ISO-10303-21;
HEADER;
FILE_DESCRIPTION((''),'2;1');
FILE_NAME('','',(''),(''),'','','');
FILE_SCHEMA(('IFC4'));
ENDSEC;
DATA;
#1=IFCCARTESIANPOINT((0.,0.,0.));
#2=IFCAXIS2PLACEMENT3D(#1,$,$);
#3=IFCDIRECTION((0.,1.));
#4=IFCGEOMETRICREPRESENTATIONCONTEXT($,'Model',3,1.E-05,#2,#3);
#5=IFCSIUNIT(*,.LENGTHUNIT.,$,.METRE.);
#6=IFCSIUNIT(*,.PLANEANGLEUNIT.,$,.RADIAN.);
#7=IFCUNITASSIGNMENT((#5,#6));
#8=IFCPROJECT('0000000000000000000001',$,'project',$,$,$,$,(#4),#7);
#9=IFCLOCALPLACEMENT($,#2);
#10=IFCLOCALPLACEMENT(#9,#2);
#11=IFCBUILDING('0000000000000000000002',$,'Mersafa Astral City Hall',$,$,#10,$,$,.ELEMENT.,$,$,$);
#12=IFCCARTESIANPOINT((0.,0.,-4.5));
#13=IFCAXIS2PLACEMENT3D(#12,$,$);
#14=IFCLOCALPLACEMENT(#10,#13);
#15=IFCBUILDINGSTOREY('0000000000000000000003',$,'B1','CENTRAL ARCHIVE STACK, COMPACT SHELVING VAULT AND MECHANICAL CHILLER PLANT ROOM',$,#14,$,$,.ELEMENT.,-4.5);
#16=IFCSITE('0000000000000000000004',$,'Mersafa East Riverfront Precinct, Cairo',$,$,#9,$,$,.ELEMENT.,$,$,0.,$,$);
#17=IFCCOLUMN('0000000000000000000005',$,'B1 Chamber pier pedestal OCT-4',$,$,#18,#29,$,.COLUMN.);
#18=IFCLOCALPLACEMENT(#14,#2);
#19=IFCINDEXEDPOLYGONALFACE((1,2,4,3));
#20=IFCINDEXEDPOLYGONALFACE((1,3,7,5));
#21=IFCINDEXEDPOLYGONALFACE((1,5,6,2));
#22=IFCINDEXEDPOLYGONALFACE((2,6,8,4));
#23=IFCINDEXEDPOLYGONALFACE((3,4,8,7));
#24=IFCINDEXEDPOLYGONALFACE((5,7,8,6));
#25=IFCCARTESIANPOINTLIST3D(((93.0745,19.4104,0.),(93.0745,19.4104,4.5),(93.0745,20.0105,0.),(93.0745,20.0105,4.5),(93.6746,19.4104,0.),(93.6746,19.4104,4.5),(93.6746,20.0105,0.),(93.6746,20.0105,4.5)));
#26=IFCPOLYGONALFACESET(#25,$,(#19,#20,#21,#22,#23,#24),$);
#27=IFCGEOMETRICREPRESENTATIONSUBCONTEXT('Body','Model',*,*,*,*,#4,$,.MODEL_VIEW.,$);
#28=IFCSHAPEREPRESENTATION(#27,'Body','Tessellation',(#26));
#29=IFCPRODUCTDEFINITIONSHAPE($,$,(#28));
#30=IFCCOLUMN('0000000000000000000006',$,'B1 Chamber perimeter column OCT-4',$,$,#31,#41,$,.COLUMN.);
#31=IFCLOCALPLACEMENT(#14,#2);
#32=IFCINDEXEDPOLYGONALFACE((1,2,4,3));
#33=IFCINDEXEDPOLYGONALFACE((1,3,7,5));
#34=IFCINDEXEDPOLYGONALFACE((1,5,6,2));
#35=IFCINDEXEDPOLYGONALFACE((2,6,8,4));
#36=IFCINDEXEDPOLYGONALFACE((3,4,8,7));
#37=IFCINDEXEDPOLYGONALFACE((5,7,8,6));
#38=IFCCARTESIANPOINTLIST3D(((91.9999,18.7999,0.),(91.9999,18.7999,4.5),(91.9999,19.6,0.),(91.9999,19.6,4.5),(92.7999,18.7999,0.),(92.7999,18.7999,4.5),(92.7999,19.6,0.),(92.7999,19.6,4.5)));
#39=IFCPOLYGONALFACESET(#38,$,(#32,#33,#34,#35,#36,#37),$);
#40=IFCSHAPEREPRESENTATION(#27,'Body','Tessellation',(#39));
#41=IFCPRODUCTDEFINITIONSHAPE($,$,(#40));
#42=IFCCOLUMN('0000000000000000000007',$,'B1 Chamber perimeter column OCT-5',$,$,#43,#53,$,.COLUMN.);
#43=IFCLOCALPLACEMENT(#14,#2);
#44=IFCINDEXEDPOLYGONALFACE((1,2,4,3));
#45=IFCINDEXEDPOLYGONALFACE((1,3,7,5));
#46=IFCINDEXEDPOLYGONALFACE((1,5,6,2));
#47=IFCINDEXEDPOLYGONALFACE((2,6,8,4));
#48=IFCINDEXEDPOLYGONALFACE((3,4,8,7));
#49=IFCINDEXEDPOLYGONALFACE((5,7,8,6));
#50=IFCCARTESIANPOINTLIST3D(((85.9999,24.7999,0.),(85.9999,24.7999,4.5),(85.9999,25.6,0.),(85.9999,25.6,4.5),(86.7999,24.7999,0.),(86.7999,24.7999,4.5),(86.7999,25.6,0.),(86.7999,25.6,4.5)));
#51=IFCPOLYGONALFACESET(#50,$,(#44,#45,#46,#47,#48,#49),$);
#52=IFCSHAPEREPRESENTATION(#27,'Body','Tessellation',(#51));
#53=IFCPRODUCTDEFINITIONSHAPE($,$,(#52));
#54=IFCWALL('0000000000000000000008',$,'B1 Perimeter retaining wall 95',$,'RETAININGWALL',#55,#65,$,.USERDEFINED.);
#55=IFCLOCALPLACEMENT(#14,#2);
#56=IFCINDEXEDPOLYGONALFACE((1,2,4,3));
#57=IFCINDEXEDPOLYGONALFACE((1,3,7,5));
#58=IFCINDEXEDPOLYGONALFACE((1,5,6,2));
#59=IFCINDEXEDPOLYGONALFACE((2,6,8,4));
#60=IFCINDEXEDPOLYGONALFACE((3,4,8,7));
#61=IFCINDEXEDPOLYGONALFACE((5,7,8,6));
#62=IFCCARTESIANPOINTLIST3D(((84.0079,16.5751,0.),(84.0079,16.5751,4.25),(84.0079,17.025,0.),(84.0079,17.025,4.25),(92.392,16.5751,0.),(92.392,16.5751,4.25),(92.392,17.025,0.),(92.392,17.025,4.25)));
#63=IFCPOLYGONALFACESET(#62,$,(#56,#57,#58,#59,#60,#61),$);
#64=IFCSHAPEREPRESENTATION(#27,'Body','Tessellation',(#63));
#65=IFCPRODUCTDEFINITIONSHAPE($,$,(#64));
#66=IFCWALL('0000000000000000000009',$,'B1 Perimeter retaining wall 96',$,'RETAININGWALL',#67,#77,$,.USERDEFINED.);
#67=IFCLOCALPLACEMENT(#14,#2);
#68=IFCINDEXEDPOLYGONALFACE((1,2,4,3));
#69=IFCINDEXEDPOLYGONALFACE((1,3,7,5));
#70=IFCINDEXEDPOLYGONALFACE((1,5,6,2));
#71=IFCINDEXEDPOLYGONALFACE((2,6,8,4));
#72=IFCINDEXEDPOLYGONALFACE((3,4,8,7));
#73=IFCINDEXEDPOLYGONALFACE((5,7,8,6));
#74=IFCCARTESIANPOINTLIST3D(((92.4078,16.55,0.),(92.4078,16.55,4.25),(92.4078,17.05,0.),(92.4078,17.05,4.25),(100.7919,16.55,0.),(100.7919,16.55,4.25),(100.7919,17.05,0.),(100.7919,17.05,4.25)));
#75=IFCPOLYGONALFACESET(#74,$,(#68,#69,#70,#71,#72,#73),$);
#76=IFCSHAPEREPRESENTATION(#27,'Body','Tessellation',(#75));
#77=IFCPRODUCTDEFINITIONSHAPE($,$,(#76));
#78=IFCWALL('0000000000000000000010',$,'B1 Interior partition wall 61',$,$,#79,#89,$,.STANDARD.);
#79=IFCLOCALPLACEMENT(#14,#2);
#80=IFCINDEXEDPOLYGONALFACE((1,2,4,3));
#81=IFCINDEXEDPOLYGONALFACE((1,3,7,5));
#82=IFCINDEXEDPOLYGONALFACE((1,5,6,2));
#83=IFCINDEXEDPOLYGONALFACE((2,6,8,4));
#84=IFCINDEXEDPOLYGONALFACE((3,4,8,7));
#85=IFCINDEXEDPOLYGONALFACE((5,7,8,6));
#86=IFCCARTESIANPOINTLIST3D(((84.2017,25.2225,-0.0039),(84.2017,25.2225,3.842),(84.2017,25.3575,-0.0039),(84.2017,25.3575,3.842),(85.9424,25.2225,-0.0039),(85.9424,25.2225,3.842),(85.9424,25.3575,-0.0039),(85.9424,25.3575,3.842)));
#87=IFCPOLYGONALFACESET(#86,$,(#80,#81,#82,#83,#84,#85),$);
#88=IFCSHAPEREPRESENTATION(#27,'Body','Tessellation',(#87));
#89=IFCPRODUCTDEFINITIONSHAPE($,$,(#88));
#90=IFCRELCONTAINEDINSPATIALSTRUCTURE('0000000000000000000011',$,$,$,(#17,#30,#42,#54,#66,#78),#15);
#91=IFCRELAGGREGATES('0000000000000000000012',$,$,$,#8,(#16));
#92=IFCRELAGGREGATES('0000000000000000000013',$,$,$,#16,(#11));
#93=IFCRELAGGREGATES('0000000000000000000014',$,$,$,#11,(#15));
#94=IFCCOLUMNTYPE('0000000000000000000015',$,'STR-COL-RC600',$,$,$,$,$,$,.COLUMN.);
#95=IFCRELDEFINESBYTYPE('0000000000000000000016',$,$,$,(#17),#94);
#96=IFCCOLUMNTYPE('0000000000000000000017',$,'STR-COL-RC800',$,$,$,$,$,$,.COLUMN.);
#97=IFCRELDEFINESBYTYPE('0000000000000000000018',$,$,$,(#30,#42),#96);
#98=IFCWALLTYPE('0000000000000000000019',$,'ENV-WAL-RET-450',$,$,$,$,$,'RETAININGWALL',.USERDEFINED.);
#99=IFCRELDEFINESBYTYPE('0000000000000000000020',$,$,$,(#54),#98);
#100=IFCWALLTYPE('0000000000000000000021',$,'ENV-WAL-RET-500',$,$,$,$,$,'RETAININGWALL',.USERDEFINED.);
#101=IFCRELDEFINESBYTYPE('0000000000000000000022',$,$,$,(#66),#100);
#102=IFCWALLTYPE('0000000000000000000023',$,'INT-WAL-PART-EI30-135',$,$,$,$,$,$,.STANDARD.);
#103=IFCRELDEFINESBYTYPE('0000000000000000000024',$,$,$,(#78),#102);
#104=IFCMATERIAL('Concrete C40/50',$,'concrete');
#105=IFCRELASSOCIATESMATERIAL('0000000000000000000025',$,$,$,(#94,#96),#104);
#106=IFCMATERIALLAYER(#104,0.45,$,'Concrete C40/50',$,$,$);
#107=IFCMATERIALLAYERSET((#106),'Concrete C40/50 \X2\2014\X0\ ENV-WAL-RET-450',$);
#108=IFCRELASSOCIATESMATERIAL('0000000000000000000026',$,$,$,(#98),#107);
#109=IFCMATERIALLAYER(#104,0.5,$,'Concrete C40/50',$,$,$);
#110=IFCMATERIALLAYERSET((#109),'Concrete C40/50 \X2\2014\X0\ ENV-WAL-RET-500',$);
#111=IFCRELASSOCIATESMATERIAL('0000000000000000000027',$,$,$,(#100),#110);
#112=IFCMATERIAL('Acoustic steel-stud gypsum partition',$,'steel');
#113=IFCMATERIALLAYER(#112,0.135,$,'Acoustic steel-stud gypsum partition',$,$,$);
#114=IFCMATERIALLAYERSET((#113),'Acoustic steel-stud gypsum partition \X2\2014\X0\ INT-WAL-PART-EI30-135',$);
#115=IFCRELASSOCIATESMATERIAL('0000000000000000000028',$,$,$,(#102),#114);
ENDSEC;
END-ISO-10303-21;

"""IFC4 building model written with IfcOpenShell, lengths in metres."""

from ifc_helpers import new_model, si_unit, direction, frame, frame_2d, origin, origin_2d, place, context, subcontext, project, spatial, rectangle, extrude, material, layer, layer_set, material_profile, profile_set, type_object, element, save


model = new_model("IFC4")

# Units and contexts
model_context = context("Model", 3, precision=1e-05, world=origin(), true_north=direction((0.0, 1.0)))
body_context = subcontext(model_context, "Body", "Model", "MODEL_VIEW")
ifc_project = project(units=[si_unit("LENGTHUNIT", "METRE"), si_unit("PLANEANGLEUNIT", "RADIAN")], contexts=[model_context])

# Site, building, storey
site_placement = place(None, origin())
site = spatial("IfcSite", under=ifc_project, at=site_placement, Name="Mersafa East Riverfront Precinct, Cairo", CompositionType="ELEMENT", RefElevation=0.0)
building_placement = place(site_placement, origin())
building = spatial("IfcBuilding", under=site, at=building_placement, Name="Mersafa Astral City Hall", CompositionType="ELEMENT")
storey_placement = place(building_placement, frame((0.0, 0.0, -4.5)))
storey = spatial("IfcBuildingStorey", under=building, at=storey_placement, Name="B1", Description="CENTRAL ARCHIVE STACK, COMPACT SHELVING VAULT AND MECHANICAL CHILLER PLANT ROOM", CompositionType="ELEMENT", Elevation=-4.5)

# Shared definitions
ifc_material_1 = material(Name="Concrete C40/50", Category="concrete")

# Columns
ifc_material_profile_1 = material_profile(ifc_material_1, rectangle(XDim=0.6001, YDim=0.6001, at=origin_2d()), Name="RC 600x600")
ifc_profile_set_1 = profile_set([ifc_material_profile_1], Name="Concrete C40/50")
column_type_1 = type_object("IfcColumnType", Name="STR-COL-RC600", PredefinedType="COLUMN", material=ifc_profile_set_1)
column_1_placement = place(storey_placement, frame((93.3745, 19.7104, 0.0), z_axis=(0.0, 0.0, 1.0), x_axis=(1.0, 0.0, 0.0)))
element("IfcColumn", 1, at=column_1_placement, inside=storey, type_object=column_type_1, Name="B1 Chamber pier pedestal OCT-4", PredefinedType="COLUMN", context=body_context, shape_type="SweptSolid", body=[
    extrude(rectangle(XDim=0.6001, YDim=0.6001, at=origin_2d()), origin(), (0.0, 0.0, 1.0), 4.5),
])
ifc_material_profile_2 = material_profile(ifc_material_1, rectangle(XDim=0.8, YDim=0.8, at=origin_2d()), Name="RC 800x800")
ifc_profile_set_2 = profile_set([ifc_material_profile_2], Name="Concrete C40/50")
column_type_2 = type_object("IfcColumnType", Name="STR-COL-RC800", PredefinedType="COLUMN", material=ifc_profile_set_2)
for number, where, z_axis, x_axis, name in (
    (2, (92.3999, 19.2, 0.0), (0.0, 0.0, 1.0), (1.0, 0.0, 0.0), "B1 Chamber perimeter column OCT-4"),
    (3, (86.3999, 25.2, 0.0), (0.0, 0.0, 1.0), (1.0, 0.0, 0.0), "B1 Chamber perimeter column OCT-5"),
):
    element("IfcColumn", number, at=place(storey_placement, frame(where, z_axis=z_axis, x_axis=x_axis)), inside=storey, type_object=column_type_2, Name=name, PredefinedType="COLUMN", context=body_context, shape_type="SweptSolid", body=[
        extrude(rectangle(XDim=0.8, YDim=0.8, at=origin_2d()), origin(), (0.0, 0.0, 1.0), 4.5),
    ])

# Walls
ifc_layer_1 = layer(ifc_material_1, 0.45, Name="Concrete C40/50")
ifc_layer_set_1 = layer_set([ifc_layer_1], Name="Concrete C40/50 — ENV-WAL-RET-450")
wall_type_1 = type_object("IfcWallType", Name="ENV-WAL-RET-450", ElementType="RETAININGWALL", PredefinedType="USERDEFINED", material=ifc_layer_set_1)
wall_1_placement = place(storey_placement, frame((84.0081, 16.8, 0.0), z_axis=(0.0, 0.0, 1.0), x_axis=(1.0, 0.0, 0.0)))
element("IfcWall", 4, at=wall_1_placement, inside=storey, type_object=wall_type_1, Name="B1 Perimeter retaining wall 95", ObjectType="RETAININGWALL", PredefinedType="USERDEFINED", context=body_context, shape_type="SweptSolid", body=[
    extrude(rectangle(XDim=8.384, YDim=0.45, at=frame_2d((4.1919, 0.0))), origin(), (0.0, 0.0, 1.0), 4.25),
])
ifc_layer_2 = layer(ifc_material_1, 0.5, Name="Concrete C40/50")
ifc_layer_set_2 = layer_set([ifc_layer_2], Name="Concrete C40/50 — ENV-WAL-RET-500")
wall_type_2 = type_object("IfcWallType", Name="ENV-WAL-RET-500", ElementType="RETAININGWALL", PredefinedType="USERDEFINED", material=ifc_layer_set_2)
wall_2_placement = place(storey_placement, frame((92.408, 16.8, 0.0), z_axis=(0.0, 0.0, 1.0), x_axis=(1.0, 0.0, 0.0)))
element("IfcWall", 5, at=wall_2_placement, inside=storey, type_object=wall_type_2, Name="B1 Perimeter retaining wall 96", ObjectType="RETAININGWALL", PredefinedType="USERDEFINED", context=body_context, shape_type="SweptSolid", body=[
    extrude(rectangle(XDim=8.384, YDim=0.5, at=frame_2d((4.1919, 0.0))), origin(), (0.0, 0.0, 1.0), 4.25),
])
ifc_material_2 = material(Name="Acoustic steel-stud gypsum partition", Category="steel")
ifc_layer_3 = layer(ifc_material_2, 0.135, Name="Acoustic steel-stud gypsum partition")
ifc_layer_set_3 = layer_set([ifc_layer_3], Name="Acoustic steel-stud gypsum partition — INT-WAL-PART-EI30-135")
wall_type_3 = type_object("IfcWallType", Name="INT-WAL-PART-EI30-135", PredefinedType="STANDARD", material=ifc_layer_set_3)
wall_3_placement = place(storey_placement, frame((85.9424, 25.29, -0.0039), z_axis=(0.0, 0.0, 1.0), x_axis=(-1.0, 0.0, 0.0)))
element("IfcWall", 6, at=wall_3_placement, inside=storey, type_object=wall_type_3, Name="B1 Interior partition wall 61", PredefinedType="STANDARD", context=body_context, shape_type="SweptSolid", body=[
    extrude(rectangle(XDim=1.7407, YDim=0.135, at=frame_2d((0.8704, 0.0))), origin(), (0.0, 0.0, 1.0), 3.8459),
])

save(model, "model.ifc")
